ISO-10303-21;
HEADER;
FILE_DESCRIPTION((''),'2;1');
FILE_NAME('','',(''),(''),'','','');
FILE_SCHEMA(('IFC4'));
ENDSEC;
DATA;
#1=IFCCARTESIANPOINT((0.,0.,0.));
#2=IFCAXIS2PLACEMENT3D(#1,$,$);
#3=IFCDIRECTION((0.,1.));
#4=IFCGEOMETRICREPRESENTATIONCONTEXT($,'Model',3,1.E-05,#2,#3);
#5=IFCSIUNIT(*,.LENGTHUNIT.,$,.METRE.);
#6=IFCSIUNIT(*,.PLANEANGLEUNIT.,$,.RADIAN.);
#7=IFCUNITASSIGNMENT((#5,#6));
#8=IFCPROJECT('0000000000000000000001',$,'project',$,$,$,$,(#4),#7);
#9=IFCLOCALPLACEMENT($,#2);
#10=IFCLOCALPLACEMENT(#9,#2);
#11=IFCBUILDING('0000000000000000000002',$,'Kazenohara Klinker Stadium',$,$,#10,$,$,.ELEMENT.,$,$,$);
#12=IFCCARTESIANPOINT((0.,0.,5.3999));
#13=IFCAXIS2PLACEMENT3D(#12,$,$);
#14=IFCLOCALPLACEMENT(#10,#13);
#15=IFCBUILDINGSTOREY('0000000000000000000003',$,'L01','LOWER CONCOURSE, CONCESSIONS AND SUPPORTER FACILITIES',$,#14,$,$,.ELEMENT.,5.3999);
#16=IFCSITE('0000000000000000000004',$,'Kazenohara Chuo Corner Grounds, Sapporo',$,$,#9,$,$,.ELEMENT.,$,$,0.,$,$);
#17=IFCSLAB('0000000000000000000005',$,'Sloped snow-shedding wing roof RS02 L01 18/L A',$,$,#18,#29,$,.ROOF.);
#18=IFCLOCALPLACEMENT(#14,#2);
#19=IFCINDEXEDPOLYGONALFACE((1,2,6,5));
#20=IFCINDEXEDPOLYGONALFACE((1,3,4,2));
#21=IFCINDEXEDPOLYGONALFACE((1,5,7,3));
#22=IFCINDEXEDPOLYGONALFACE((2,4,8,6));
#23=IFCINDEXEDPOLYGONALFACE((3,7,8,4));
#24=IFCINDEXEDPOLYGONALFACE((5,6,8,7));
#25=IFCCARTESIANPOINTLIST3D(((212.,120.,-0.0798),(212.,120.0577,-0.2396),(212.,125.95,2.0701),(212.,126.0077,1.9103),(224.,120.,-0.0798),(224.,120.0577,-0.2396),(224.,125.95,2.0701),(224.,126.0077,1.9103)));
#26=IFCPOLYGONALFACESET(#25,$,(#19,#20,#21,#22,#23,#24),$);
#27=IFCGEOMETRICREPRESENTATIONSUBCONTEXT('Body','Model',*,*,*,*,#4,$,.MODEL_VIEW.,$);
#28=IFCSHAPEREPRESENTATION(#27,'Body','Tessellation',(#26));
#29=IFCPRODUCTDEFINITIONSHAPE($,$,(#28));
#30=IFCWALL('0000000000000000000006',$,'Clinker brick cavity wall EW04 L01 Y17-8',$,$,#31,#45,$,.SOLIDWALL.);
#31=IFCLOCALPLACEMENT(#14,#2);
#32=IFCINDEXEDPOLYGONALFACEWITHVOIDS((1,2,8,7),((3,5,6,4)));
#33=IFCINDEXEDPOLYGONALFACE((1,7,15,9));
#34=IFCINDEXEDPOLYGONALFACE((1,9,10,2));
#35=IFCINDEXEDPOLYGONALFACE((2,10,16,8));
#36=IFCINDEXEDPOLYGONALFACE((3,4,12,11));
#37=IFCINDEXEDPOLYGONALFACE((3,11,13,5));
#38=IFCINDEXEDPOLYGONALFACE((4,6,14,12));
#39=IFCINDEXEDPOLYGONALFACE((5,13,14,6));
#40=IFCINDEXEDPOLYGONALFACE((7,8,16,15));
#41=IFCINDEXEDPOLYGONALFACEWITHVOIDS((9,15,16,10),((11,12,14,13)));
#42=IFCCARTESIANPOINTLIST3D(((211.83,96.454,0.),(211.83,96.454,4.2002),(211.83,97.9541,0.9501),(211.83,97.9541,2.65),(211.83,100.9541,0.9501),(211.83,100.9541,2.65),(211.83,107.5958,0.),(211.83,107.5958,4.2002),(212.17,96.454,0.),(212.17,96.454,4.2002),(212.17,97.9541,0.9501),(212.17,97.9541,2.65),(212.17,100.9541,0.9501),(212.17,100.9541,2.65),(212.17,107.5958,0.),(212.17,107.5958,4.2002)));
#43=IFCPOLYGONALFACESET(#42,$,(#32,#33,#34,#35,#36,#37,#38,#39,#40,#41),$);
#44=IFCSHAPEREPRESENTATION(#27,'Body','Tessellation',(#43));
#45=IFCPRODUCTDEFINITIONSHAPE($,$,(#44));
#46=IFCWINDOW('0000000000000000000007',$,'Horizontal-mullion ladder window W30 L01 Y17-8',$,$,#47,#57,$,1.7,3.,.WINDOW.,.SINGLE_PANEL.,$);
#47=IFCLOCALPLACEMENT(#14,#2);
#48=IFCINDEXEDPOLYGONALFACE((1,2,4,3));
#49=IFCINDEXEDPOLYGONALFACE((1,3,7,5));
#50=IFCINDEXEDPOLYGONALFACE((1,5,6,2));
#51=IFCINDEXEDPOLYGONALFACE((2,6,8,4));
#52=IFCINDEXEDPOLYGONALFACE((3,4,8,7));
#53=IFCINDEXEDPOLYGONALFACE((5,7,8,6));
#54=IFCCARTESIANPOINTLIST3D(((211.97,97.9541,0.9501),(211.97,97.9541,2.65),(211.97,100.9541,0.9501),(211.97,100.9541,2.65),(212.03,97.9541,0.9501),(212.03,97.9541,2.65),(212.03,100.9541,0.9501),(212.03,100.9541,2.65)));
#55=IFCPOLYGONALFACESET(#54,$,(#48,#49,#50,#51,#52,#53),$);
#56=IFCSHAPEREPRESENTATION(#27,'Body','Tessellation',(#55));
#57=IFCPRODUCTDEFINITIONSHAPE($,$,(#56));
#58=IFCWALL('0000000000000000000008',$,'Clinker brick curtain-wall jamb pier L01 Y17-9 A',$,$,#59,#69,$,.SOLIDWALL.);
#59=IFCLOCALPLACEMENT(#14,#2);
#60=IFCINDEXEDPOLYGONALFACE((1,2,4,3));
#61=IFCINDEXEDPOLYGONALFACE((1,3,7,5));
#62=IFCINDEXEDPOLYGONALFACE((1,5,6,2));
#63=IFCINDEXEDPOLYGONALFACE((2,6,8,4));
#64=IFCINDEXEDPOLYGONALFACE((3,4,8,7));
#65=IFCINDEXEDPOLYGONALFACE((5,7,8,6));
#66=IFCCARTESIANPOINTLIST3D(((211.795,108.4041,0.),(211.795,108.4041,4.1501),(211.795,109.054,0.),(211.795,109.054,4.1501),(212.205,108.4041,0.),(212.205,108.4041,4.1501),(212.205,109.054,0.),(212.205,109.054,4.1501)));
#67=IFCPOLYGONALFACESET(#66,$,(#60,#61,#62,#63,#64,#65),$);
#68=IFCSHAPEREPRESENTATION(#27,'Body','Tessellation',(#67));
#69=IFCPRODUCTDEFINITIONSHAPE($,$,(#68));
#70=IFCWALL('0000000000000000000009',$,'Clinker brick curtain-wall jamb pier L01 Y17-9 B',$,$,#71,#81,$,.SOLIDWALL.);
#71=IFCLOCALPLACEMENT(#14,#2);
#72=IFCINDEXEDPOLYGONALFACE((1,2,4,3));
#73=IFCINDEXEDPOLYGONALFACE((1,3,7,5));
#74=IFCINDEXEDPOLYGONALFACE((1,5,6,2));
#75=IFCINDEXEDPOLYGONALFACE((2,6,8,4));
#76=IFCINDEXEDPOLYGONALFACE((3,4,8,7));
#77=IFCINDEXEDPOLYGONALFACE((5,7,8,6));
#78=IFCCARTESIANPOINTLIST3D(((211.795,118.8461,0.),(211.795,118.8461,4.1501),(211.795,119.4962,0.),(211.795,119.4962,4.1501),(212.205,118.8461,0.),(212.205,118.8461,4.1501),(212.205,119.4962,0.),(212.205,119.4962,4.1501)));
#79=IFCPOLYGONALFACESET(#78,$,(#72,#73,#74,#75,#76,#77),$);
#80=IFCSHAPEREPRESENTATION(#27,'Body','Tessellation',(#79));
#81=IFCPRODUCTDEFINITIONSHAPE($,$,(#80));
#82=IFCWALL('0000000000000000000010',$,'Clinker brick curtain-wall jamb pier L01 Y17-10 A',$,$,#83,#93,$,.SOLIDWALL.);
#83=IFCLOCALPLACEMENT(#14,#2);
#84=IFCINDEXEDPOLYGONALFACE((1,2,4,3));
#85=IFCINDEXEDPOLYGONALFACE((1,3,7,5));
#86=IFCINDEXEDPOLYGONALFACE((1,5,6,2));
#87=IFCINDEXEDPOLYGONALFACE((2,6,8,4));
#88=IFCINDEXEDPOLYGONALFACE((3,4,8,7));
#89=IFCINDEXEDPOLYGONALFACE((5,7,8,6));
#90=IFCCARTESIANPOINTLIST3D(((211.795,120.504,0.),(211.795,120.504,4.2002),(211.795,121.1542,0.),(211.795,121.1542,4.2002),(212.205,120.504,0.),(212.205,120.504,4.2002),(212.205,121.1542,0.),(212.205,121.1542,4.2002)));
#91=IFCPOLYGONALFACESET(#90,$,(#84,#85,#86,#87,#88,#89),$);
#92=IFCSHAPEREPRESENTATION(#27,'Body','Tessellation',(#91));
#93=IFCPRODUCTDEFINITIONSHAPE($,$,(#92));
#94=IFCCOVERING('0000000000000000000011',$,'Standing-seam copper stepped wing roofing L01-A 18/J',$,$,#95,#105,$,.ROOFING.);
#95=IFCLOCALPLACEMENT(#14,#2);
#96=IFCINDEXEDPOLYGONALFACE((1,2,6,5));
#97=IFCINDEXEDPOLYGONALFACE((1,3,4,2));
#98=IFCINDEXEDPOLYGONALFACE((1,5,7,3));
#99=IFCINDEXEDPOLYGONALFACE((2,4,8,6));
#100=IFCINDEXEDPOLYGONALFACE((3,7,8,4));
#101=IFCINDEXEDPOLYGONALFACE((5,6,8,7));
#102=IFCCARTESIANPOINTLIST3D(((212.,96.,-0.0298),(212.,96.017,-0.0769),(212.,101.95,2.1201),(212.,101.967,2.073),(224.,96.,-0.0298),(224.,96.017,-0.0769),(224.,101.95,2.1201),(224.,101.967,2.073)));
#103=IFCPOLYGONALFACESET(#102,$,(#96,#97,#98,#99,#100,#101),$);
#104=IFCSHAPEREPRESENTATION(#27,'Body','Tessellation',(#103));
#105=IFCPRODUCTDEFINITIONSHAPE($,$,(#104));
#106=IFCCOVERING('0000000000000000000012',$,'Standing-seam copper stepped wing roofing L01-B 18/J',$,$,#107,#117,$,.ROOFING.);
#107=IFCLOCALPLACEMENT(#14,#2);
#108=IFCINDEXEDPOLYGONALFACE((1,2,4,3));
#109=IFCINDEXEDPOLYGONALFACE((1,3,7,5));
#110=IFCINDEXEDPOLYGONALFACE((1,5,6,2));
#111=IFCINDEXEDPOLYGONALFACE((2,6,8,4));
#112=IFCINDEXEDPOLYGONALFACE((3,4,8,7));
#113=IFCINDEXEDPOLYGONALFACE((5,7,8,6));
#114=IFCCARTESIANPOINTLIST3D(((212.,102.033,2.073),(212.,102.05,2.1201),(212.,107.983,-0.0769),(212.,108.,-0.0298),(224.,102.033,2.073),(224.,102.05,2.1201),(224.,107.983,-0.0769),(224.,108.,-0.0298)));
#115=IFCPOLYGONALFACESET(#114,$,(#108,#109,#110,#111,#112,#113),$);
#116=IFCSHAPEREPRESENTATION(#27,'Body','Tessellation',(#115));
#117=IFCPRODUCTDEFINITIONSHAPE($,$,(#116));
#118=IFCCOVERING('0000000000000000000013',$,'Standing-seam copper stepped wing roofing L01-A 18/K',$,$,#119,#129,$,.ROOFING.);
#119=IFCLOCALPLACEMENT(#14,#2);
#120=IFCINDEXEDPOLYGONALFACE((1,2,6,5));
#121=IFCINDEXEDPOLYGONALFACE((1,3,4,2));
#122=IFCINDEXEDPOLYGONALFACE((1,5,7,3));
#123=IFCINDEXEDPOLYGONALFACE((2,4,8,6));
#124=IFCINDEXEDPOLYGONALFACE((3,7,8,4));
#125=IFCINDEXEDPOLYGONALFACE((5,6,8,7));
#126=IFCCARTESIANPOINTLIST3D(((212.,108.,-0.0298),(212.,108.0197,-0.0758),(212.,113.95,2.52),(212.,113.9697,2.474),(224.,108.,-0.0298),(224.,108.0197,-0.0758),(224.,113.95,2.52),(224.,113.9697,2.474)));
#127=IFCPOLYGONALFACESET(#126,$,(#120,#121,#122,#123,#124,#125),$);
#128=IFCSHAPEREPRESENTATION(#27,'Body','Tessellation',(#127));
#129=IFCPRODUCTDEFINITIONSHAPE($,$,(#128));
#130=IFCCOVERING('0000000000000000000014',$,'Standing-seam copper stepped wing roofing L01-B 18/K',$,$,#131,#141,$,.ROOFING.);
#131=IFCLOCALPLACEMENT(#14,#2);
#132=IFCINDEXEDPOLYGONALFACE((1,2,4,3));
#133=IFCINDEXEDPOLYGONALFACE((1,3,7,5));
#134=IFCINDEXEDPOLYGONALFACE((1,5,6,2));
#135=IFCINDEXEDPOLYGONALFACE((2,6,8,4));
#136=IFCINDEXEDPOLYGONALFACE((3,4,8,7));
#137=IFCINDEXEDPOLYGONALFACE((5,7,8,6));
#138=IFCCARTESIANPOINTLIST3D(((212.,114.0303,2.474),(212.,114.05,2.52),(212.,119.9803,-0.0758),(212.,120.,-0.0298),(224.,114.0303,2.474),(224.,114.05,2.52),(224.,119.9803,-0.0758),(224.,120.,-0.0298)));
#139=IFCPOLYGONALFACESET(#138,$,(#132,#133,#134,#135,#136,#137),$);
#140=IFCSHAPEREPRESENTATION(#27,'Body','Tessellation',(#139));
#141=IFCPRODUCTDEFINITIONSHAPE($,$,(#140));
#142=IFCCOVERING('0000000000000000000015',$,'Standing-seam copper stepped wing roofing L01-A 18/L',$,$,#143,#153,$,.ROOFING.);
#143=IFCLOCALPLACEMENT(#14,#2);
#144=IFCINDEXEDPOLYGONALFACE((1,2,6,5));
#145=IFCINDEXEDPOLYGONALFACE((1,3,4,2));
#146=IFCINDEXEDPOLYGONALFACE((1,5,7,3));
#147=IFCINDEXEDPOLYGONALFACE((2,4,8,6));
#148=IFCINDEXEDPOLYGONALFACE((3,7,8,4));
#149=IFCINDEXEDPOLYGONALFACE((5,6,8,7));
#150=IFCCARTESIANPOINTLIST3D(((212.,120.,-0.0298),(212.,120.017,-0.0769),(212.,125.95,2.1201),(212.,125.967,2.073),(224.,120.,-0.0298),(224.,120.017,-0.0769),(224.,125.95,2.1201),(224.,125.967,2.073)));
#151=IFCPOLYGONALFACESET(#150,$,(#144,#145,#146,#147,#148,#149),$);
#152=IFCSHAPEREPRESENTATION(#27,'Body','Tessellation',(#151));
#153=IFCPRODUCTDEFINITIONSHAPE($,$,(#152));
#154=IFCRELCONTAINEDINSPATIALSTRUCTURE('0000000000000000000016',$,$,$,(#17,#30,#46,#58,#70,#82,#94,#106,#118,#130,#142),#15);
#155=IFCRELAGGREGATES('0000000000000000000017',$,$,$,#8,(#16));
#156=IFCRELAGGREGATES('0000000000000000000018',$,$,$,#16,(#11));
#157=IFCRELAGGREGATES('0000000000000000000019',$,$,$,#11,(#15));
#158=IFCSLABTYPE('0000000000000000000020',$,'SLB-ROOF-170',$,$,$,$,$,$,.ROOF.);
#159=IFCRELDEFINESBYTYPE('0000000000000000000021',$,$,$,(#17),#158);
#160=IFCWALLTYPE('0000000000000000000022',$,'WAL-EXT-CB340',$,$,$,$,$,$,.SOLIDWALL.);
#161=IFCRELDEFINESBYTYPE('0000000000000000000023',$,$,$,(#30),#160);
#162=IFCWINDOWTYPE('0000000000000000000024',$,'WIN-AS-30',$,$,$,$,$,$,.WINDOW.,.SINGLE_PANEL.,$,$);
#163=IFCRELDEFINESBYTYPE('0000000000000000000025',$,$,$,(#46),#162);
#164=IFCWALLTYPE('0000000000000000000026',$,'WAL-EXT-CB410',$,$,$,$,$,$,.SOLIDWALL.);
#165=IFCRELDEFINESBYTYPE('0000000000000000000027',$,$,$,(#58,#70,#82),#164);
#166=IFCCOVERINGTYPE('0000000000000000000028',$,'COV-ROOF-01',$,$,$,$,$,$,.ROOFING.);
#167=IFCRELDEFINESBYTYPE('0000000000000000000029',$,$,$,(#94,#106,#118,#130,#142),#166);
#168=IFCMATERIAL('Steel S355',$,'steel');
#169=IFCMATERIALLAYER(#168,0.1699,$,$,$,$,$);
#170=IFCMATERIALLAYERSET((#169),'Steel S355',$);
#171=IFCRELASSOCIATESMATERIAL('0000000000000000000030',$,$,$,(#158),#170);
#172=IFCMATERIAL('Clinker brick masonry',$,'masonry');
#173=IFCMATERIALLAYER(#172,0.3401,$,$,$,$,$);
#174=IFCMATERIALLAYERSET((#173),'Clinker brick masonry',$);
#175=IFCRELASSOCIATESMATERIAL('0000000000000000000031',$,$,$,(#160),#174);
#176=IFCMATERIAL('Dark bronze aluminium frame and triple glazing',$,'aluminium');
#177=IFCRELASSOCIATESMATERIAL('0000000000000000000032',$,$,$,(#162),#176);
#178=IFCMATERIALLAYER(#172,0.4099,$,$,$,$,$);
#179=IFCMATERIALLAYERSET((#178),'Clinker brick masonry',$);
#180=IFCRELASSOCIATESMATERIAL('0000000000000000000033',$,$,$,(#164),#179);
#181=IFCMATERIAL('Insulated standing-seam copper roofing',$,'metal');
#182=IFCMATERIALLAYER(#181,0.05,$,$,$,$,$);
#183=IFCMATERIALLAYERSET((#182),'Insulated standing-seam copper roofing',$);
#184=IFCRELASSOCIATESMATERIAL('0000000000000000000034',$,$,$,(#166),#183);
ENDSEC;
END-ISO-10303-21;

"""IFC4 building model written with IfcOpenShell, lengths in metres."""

from ifc_helpers import new_model, si_unit, direction, frame, frame_2d, origin, place, context, subcontext, project, spatial, polyline, rectangle, outline, extrude, material, layer, layer_set, type_object, element, fill, save


model = new_model("IFC4")

# Units and contexts
model_context = context("Model", 3, precision=1e-05, world=origin(), true_north=direction((0.0, 1.0)))
body_context = subcontext(model_context, "Body", "Model", "MODEL_VIEW")
ifc_project = project(units=[si_unit("LENGTHUNIT", "METRE"), si_unit("PLANEANGLEUNIT", "RADIAN")], contexts=[model_context])

# Site, building, storey
site_placement = place(None, origin())
site = spatial("IfcSite", under=ifc_project, at=site_placement, Name="Kazenohara Chuo Corner Grounds, Sapporo", CompositionType="ELEMENT", RefElevation=0.0)
building_placement = place(site_placement, origin())
building = spatial("IfcBuilding", under=site, at=building_placement, Name="Kazenohara Klinker Stadium", CompositionType="ELEMENT")
storey_placement = place(building_placement, frame((0.0, 0.0, 5.3999)))
storey = spatial("IfcBuildingStorey", under=building, at=storey_placement, Name="L01", Description="LOWER CONCOURSE, CONCESSIONS AND SUPPORTER FACILITIES", CompositionType="ELEMENT", Elevation=5.3999)

# Shared definitions
ifc_material_1 = material(Name="Steel S355", Category="steel")

# Slab
ifc_layer_1 = layer(ifc_material_1, 0.1699)
ifc_layer_set_1 = layer_set([ifc_layer_1], Name="Steel S355")
slab_type = type_object("IfcSlabType", Name="SLB-ROOF-170", PredefinedType="ROOF", material=ifc_layer_set_1)
slab_1_placement = place(storey_placement, frame((212.0, 120.0, -0.0798), z_axis=(0.0, -0.339827, 0.940488), x_axis=(1.0, 0.0, 0.0)))
element("IfcSlab", 1, at=slab_1_placement, inside=storey, type_object=slab_type, Name="Sloped snow-shedding wing roof RS02 L01 18/L A", PredefinedType="ROOF", context=body_context, shape_type="SweptSolid", body=[
    extrude(outline(polyline([(0.0, 0.0), (12.0, 0.0), (12.0, 6.3265), (0.0, 6.3265), (0.0, 0.0)])), origin(), (0.0, 0.0, -1.0), 0.1699),
])

# Wall, opening, window
ifc_material_2 = material(Name="Clinker brick masonry", Category="masonry")
ifc_layer_2 = layer(ifc_material_2, 0.3401)
ifc_layer_set_2 = layer_set([ifc_layer_2], Name="Clinker brick masonry")
wall_type_1 = type_object("IfcWallType", Name="WAL-EXT-CB340", PredefinedType="SOLIDWALL", material=ifc_layer_set_2)
wall_1_placement = place(storey_placement, frame((212.0, 96.4541, 0.0), z_axis=(0.0, 0.0, 1.0), x_axis=(0.0, 1.0, 0.0)))
wall_1 = element("IfcWall", 2, at=wall_1_placement, inside=storey, type_object=wall_type_1, Name="Clinker brick cavity wall EW04 L01 Y17-8", PredefinedType="SOLIDWALL", context=body_context, shape_type="SweptSolid", body=[
    extrude(rectangle(XDim=11.1418, YDim=0.3401, at=frame_2d((5.5708, 0.0))), origin(), (0.0, 0.0, 1.0), 4.2002),
])
opening_placement = place(wall_1_placement, frame((1.5, 0.0, 0.95)))
opening = element("IfcOpeningElement", 3, at=opening_placement, cuts=wall_1, PredefinedType="OPENING", context=body_context, shape_type="SweptSolid", body=[
    extrude(rectangle(XDim=3.0, YDim=1.7, at=frame_2d((1.5, 0.8501))), frame((0.0, 0.1802, 0.0), z_axis=(0.0, -1.0, 0.0), x_axis=(1.0, 0.0, 0.0)), (0.0, 0.0, 1.0), 0.3601),
])
ifc_material_3 = material(Name="Dark bronze aluminium frame and triple glazing", Category="aluminium")
window_type = type_object("IfcWindowType", Name="WIN-AS-30", PartitioningType="SINGLE_PANEL", PredefinedType="WINDOW", material=ifc_material_3)
window_placement = place(opening_placement, origin())
window = element("IfcWindow", 4, at=window_placement, inside=storey, type_object=window_type, Name="Horizontal-mullion ladder window W30 L01 Y17-8", OverallHeight=1.7, OverallWidth=3.0, PartitioningType="SINGLE_PANEL", PredefinedType="WINDOW", context=body_context, shape_type="SweptSolid", body=[
    extrude(rectangle(XDim=3.0, YDim=1.7, at=frame_2d((1.5, 0.8501))), frame((0.0, 0.03, 0.0), z_axis=(0.0, -1.0, 0.0), x_axis=(1.0, 0.0, 0.0)), (0.0, 0.0, 1.0), 0.0601),
])
fill(opening, window)

# Walls
ifc_layer_3 = layer(ifc_material_2, 0.4099)
ifc_layer_set_3 = layer_set([ifc_layer_3], Name="Clinker brick masonry")
wall_type_2 = type_object("IfcWallType", Name="WAL-EXT-CB410", PredefinedType="SOLIDWALL", material=ifc_layer_set_3)
wall_2_placement = place(storey_placement, frame((212.0, 108.4041, 0.0), z_axis=(0.0, 0.0, 1.0), x_axis=(0.0, 1.0, 0.0)))
element("IfcWall", 5, at=wall_2_placement, inside=storey, type_object=wall_type_2, Name="Clinker brick curtain-wall jamb pier L01 Y17-9 A", PredefinedType="SOLIDWALL", context=body_context, shape_type="SweptSolid", body=[
    extrude(rectangle(XDim=0.6499, YDim=0.4099, at=frame_2d((0.325, 0.0))), origin(), (0.0, 0.0, 1.0), 4.1501),
])
wall_3_placement = place(storey_placement, frame((212.0, 118.8459, 0.0), z_axis=(0.0, 0.0, 1.0), x_axis=(0.0, 1.0, 0.0)))
element("IfcWall", 6, at=wall_3_placement, inside=storey, type_object=wall_type_2, Name="Clinker brick curtain-wall jamb pier L01 Y17-9 B", PredefinedType="SOLIDWALL", context=body_context, shape_type="SweptSolid", body=[
    extrude(rectangle(XDim=0.6501, YDim=0.4099, at=frame_2d((0.3252, 0.0))), origin(), (0.0, 0.0, 1.0), 4.1501),
])
wall_4_placement = place(storey_placement, frame((212.0, 120.5039, 0.0), z_axis=(0.0, 0.0, 1.0), x_axis=(0.0, 1.0, 0.0)))
element("IfcWall", 7, at=wall_4_placement, inside=storey, type_object=wall_type_2, Name="Clinker brick curtain-wall jamb pier L01 Y17-10 A", PredefinedType="SOLIDWALL", context=body_context, shape_type="SweptSolid", body=[
    extrude(rectangle(XDim=0.6501, YDim=0.4099, at=frame_2d((0.3252, 0.0))), origin(), (0.0, 0.0, 1.0), 4.2002),
])

# Coverings
ifc_material_4 = material(Name="Insulated standing-seam copper roofing", Category="metal")
ifc_layer_4 = layer(ifc_material_4, 0.05)
ifc_layer_set_4 = layer_set([ifc_layer_4], Name="Insulated standing-seam copper roofing")
covering_type = type_object("IfcCoveringType", Name="COV-ROOF-01", PredefinedType="ROOFING", material=ifc_layer_set_4)
for number, where, z_axis, x_axis, name in (
    (8, (212.0, 96.0, -0.0298), (0.0, -0.339827, 0.940488), (1.0, 0.0, 0.0), "Standing-seam copper stepped wing roofing L01-A 18/J"),
    (9, (212.0, 102.05, 2.1201), (0.0, 0.339827, 0.940488), (1.0, 0.0, 0.0), "Standing-seam copper stepped wing roofing L01-B 18/J"),
):
    element("IfcCovering", number, at=place(storey_placement, frame(where, z_axis=z_axis, x_axis=x_axis)), inside=storey, type_object=covering_type, Name=name, PredefinedType="ROOFING", context=body_context, shape_type="SweptSolid", body=[
        extrude(outline(polyline([(0.0, 0.0), (12.0, 0.0), (12.0, 6.3265), (0.0, 6.3265), (0.0, 0.0)])), origin(), (0.0, 0.0, -1.0), 0.05),
    ])
for number, where, z_axis, x_axis, name in (
    (10, (212.0, 108.0, -0.0298), (0.0, -0.393897, 0.919155), (1.0, 0.0, 0.0), "Standing-seam copper stepped wing roofing L01-A 18/K"),
    (11, (212.0, 114.05, 2.52), (0.0, 0.393897, 0.919155), (1.0, 0.0, 0.0), "Standing-seam copper stepped wing roofing L01-B 18/K"),
):
    element("IfcCovering", number, at=place(storey_placement, frame(where, z_axis=z_axis, x_axis=x_axis)), inside=storey, type_object=covering_type, Name=name, PredefinedType="ROOFING", context=body_context, shape_type="SweptSolid", body=[
        extrude(outline(polyline([(0.0, 0.0), (12.0, 0.0), (12.0, 6.4733), (0.0, 6.4733), (0.0, 0.0)])), origin(), (0.0, 0.0, -1.0), 0.05),
    ])
covering_placement = place(storey_placement, frame((212.0, 120.0, -0.0298), z_axis=(0.0, -0.339827, 0.940488), x_axis=(1.0, 0.0, 0.0)))
element("IfcCovering", 12, at=covering_placement, inside=storey, type_object=covering_type, Name="Standing-seam copper stepped wing roofing L01-A 18/L", PredefinedType="ROOFING", context=body_context, shape_type="SweptSolid", body=[
    extrude(outline(polyline([(0.0, 0.0), (12.0, 0.0), (12.0, 6.3265), (0.0, 6.3265), (0.0, 0.0)])), origin(), (0.0, 0.0, -1.0), 0.05),
])

save(model, "model.ifc")
